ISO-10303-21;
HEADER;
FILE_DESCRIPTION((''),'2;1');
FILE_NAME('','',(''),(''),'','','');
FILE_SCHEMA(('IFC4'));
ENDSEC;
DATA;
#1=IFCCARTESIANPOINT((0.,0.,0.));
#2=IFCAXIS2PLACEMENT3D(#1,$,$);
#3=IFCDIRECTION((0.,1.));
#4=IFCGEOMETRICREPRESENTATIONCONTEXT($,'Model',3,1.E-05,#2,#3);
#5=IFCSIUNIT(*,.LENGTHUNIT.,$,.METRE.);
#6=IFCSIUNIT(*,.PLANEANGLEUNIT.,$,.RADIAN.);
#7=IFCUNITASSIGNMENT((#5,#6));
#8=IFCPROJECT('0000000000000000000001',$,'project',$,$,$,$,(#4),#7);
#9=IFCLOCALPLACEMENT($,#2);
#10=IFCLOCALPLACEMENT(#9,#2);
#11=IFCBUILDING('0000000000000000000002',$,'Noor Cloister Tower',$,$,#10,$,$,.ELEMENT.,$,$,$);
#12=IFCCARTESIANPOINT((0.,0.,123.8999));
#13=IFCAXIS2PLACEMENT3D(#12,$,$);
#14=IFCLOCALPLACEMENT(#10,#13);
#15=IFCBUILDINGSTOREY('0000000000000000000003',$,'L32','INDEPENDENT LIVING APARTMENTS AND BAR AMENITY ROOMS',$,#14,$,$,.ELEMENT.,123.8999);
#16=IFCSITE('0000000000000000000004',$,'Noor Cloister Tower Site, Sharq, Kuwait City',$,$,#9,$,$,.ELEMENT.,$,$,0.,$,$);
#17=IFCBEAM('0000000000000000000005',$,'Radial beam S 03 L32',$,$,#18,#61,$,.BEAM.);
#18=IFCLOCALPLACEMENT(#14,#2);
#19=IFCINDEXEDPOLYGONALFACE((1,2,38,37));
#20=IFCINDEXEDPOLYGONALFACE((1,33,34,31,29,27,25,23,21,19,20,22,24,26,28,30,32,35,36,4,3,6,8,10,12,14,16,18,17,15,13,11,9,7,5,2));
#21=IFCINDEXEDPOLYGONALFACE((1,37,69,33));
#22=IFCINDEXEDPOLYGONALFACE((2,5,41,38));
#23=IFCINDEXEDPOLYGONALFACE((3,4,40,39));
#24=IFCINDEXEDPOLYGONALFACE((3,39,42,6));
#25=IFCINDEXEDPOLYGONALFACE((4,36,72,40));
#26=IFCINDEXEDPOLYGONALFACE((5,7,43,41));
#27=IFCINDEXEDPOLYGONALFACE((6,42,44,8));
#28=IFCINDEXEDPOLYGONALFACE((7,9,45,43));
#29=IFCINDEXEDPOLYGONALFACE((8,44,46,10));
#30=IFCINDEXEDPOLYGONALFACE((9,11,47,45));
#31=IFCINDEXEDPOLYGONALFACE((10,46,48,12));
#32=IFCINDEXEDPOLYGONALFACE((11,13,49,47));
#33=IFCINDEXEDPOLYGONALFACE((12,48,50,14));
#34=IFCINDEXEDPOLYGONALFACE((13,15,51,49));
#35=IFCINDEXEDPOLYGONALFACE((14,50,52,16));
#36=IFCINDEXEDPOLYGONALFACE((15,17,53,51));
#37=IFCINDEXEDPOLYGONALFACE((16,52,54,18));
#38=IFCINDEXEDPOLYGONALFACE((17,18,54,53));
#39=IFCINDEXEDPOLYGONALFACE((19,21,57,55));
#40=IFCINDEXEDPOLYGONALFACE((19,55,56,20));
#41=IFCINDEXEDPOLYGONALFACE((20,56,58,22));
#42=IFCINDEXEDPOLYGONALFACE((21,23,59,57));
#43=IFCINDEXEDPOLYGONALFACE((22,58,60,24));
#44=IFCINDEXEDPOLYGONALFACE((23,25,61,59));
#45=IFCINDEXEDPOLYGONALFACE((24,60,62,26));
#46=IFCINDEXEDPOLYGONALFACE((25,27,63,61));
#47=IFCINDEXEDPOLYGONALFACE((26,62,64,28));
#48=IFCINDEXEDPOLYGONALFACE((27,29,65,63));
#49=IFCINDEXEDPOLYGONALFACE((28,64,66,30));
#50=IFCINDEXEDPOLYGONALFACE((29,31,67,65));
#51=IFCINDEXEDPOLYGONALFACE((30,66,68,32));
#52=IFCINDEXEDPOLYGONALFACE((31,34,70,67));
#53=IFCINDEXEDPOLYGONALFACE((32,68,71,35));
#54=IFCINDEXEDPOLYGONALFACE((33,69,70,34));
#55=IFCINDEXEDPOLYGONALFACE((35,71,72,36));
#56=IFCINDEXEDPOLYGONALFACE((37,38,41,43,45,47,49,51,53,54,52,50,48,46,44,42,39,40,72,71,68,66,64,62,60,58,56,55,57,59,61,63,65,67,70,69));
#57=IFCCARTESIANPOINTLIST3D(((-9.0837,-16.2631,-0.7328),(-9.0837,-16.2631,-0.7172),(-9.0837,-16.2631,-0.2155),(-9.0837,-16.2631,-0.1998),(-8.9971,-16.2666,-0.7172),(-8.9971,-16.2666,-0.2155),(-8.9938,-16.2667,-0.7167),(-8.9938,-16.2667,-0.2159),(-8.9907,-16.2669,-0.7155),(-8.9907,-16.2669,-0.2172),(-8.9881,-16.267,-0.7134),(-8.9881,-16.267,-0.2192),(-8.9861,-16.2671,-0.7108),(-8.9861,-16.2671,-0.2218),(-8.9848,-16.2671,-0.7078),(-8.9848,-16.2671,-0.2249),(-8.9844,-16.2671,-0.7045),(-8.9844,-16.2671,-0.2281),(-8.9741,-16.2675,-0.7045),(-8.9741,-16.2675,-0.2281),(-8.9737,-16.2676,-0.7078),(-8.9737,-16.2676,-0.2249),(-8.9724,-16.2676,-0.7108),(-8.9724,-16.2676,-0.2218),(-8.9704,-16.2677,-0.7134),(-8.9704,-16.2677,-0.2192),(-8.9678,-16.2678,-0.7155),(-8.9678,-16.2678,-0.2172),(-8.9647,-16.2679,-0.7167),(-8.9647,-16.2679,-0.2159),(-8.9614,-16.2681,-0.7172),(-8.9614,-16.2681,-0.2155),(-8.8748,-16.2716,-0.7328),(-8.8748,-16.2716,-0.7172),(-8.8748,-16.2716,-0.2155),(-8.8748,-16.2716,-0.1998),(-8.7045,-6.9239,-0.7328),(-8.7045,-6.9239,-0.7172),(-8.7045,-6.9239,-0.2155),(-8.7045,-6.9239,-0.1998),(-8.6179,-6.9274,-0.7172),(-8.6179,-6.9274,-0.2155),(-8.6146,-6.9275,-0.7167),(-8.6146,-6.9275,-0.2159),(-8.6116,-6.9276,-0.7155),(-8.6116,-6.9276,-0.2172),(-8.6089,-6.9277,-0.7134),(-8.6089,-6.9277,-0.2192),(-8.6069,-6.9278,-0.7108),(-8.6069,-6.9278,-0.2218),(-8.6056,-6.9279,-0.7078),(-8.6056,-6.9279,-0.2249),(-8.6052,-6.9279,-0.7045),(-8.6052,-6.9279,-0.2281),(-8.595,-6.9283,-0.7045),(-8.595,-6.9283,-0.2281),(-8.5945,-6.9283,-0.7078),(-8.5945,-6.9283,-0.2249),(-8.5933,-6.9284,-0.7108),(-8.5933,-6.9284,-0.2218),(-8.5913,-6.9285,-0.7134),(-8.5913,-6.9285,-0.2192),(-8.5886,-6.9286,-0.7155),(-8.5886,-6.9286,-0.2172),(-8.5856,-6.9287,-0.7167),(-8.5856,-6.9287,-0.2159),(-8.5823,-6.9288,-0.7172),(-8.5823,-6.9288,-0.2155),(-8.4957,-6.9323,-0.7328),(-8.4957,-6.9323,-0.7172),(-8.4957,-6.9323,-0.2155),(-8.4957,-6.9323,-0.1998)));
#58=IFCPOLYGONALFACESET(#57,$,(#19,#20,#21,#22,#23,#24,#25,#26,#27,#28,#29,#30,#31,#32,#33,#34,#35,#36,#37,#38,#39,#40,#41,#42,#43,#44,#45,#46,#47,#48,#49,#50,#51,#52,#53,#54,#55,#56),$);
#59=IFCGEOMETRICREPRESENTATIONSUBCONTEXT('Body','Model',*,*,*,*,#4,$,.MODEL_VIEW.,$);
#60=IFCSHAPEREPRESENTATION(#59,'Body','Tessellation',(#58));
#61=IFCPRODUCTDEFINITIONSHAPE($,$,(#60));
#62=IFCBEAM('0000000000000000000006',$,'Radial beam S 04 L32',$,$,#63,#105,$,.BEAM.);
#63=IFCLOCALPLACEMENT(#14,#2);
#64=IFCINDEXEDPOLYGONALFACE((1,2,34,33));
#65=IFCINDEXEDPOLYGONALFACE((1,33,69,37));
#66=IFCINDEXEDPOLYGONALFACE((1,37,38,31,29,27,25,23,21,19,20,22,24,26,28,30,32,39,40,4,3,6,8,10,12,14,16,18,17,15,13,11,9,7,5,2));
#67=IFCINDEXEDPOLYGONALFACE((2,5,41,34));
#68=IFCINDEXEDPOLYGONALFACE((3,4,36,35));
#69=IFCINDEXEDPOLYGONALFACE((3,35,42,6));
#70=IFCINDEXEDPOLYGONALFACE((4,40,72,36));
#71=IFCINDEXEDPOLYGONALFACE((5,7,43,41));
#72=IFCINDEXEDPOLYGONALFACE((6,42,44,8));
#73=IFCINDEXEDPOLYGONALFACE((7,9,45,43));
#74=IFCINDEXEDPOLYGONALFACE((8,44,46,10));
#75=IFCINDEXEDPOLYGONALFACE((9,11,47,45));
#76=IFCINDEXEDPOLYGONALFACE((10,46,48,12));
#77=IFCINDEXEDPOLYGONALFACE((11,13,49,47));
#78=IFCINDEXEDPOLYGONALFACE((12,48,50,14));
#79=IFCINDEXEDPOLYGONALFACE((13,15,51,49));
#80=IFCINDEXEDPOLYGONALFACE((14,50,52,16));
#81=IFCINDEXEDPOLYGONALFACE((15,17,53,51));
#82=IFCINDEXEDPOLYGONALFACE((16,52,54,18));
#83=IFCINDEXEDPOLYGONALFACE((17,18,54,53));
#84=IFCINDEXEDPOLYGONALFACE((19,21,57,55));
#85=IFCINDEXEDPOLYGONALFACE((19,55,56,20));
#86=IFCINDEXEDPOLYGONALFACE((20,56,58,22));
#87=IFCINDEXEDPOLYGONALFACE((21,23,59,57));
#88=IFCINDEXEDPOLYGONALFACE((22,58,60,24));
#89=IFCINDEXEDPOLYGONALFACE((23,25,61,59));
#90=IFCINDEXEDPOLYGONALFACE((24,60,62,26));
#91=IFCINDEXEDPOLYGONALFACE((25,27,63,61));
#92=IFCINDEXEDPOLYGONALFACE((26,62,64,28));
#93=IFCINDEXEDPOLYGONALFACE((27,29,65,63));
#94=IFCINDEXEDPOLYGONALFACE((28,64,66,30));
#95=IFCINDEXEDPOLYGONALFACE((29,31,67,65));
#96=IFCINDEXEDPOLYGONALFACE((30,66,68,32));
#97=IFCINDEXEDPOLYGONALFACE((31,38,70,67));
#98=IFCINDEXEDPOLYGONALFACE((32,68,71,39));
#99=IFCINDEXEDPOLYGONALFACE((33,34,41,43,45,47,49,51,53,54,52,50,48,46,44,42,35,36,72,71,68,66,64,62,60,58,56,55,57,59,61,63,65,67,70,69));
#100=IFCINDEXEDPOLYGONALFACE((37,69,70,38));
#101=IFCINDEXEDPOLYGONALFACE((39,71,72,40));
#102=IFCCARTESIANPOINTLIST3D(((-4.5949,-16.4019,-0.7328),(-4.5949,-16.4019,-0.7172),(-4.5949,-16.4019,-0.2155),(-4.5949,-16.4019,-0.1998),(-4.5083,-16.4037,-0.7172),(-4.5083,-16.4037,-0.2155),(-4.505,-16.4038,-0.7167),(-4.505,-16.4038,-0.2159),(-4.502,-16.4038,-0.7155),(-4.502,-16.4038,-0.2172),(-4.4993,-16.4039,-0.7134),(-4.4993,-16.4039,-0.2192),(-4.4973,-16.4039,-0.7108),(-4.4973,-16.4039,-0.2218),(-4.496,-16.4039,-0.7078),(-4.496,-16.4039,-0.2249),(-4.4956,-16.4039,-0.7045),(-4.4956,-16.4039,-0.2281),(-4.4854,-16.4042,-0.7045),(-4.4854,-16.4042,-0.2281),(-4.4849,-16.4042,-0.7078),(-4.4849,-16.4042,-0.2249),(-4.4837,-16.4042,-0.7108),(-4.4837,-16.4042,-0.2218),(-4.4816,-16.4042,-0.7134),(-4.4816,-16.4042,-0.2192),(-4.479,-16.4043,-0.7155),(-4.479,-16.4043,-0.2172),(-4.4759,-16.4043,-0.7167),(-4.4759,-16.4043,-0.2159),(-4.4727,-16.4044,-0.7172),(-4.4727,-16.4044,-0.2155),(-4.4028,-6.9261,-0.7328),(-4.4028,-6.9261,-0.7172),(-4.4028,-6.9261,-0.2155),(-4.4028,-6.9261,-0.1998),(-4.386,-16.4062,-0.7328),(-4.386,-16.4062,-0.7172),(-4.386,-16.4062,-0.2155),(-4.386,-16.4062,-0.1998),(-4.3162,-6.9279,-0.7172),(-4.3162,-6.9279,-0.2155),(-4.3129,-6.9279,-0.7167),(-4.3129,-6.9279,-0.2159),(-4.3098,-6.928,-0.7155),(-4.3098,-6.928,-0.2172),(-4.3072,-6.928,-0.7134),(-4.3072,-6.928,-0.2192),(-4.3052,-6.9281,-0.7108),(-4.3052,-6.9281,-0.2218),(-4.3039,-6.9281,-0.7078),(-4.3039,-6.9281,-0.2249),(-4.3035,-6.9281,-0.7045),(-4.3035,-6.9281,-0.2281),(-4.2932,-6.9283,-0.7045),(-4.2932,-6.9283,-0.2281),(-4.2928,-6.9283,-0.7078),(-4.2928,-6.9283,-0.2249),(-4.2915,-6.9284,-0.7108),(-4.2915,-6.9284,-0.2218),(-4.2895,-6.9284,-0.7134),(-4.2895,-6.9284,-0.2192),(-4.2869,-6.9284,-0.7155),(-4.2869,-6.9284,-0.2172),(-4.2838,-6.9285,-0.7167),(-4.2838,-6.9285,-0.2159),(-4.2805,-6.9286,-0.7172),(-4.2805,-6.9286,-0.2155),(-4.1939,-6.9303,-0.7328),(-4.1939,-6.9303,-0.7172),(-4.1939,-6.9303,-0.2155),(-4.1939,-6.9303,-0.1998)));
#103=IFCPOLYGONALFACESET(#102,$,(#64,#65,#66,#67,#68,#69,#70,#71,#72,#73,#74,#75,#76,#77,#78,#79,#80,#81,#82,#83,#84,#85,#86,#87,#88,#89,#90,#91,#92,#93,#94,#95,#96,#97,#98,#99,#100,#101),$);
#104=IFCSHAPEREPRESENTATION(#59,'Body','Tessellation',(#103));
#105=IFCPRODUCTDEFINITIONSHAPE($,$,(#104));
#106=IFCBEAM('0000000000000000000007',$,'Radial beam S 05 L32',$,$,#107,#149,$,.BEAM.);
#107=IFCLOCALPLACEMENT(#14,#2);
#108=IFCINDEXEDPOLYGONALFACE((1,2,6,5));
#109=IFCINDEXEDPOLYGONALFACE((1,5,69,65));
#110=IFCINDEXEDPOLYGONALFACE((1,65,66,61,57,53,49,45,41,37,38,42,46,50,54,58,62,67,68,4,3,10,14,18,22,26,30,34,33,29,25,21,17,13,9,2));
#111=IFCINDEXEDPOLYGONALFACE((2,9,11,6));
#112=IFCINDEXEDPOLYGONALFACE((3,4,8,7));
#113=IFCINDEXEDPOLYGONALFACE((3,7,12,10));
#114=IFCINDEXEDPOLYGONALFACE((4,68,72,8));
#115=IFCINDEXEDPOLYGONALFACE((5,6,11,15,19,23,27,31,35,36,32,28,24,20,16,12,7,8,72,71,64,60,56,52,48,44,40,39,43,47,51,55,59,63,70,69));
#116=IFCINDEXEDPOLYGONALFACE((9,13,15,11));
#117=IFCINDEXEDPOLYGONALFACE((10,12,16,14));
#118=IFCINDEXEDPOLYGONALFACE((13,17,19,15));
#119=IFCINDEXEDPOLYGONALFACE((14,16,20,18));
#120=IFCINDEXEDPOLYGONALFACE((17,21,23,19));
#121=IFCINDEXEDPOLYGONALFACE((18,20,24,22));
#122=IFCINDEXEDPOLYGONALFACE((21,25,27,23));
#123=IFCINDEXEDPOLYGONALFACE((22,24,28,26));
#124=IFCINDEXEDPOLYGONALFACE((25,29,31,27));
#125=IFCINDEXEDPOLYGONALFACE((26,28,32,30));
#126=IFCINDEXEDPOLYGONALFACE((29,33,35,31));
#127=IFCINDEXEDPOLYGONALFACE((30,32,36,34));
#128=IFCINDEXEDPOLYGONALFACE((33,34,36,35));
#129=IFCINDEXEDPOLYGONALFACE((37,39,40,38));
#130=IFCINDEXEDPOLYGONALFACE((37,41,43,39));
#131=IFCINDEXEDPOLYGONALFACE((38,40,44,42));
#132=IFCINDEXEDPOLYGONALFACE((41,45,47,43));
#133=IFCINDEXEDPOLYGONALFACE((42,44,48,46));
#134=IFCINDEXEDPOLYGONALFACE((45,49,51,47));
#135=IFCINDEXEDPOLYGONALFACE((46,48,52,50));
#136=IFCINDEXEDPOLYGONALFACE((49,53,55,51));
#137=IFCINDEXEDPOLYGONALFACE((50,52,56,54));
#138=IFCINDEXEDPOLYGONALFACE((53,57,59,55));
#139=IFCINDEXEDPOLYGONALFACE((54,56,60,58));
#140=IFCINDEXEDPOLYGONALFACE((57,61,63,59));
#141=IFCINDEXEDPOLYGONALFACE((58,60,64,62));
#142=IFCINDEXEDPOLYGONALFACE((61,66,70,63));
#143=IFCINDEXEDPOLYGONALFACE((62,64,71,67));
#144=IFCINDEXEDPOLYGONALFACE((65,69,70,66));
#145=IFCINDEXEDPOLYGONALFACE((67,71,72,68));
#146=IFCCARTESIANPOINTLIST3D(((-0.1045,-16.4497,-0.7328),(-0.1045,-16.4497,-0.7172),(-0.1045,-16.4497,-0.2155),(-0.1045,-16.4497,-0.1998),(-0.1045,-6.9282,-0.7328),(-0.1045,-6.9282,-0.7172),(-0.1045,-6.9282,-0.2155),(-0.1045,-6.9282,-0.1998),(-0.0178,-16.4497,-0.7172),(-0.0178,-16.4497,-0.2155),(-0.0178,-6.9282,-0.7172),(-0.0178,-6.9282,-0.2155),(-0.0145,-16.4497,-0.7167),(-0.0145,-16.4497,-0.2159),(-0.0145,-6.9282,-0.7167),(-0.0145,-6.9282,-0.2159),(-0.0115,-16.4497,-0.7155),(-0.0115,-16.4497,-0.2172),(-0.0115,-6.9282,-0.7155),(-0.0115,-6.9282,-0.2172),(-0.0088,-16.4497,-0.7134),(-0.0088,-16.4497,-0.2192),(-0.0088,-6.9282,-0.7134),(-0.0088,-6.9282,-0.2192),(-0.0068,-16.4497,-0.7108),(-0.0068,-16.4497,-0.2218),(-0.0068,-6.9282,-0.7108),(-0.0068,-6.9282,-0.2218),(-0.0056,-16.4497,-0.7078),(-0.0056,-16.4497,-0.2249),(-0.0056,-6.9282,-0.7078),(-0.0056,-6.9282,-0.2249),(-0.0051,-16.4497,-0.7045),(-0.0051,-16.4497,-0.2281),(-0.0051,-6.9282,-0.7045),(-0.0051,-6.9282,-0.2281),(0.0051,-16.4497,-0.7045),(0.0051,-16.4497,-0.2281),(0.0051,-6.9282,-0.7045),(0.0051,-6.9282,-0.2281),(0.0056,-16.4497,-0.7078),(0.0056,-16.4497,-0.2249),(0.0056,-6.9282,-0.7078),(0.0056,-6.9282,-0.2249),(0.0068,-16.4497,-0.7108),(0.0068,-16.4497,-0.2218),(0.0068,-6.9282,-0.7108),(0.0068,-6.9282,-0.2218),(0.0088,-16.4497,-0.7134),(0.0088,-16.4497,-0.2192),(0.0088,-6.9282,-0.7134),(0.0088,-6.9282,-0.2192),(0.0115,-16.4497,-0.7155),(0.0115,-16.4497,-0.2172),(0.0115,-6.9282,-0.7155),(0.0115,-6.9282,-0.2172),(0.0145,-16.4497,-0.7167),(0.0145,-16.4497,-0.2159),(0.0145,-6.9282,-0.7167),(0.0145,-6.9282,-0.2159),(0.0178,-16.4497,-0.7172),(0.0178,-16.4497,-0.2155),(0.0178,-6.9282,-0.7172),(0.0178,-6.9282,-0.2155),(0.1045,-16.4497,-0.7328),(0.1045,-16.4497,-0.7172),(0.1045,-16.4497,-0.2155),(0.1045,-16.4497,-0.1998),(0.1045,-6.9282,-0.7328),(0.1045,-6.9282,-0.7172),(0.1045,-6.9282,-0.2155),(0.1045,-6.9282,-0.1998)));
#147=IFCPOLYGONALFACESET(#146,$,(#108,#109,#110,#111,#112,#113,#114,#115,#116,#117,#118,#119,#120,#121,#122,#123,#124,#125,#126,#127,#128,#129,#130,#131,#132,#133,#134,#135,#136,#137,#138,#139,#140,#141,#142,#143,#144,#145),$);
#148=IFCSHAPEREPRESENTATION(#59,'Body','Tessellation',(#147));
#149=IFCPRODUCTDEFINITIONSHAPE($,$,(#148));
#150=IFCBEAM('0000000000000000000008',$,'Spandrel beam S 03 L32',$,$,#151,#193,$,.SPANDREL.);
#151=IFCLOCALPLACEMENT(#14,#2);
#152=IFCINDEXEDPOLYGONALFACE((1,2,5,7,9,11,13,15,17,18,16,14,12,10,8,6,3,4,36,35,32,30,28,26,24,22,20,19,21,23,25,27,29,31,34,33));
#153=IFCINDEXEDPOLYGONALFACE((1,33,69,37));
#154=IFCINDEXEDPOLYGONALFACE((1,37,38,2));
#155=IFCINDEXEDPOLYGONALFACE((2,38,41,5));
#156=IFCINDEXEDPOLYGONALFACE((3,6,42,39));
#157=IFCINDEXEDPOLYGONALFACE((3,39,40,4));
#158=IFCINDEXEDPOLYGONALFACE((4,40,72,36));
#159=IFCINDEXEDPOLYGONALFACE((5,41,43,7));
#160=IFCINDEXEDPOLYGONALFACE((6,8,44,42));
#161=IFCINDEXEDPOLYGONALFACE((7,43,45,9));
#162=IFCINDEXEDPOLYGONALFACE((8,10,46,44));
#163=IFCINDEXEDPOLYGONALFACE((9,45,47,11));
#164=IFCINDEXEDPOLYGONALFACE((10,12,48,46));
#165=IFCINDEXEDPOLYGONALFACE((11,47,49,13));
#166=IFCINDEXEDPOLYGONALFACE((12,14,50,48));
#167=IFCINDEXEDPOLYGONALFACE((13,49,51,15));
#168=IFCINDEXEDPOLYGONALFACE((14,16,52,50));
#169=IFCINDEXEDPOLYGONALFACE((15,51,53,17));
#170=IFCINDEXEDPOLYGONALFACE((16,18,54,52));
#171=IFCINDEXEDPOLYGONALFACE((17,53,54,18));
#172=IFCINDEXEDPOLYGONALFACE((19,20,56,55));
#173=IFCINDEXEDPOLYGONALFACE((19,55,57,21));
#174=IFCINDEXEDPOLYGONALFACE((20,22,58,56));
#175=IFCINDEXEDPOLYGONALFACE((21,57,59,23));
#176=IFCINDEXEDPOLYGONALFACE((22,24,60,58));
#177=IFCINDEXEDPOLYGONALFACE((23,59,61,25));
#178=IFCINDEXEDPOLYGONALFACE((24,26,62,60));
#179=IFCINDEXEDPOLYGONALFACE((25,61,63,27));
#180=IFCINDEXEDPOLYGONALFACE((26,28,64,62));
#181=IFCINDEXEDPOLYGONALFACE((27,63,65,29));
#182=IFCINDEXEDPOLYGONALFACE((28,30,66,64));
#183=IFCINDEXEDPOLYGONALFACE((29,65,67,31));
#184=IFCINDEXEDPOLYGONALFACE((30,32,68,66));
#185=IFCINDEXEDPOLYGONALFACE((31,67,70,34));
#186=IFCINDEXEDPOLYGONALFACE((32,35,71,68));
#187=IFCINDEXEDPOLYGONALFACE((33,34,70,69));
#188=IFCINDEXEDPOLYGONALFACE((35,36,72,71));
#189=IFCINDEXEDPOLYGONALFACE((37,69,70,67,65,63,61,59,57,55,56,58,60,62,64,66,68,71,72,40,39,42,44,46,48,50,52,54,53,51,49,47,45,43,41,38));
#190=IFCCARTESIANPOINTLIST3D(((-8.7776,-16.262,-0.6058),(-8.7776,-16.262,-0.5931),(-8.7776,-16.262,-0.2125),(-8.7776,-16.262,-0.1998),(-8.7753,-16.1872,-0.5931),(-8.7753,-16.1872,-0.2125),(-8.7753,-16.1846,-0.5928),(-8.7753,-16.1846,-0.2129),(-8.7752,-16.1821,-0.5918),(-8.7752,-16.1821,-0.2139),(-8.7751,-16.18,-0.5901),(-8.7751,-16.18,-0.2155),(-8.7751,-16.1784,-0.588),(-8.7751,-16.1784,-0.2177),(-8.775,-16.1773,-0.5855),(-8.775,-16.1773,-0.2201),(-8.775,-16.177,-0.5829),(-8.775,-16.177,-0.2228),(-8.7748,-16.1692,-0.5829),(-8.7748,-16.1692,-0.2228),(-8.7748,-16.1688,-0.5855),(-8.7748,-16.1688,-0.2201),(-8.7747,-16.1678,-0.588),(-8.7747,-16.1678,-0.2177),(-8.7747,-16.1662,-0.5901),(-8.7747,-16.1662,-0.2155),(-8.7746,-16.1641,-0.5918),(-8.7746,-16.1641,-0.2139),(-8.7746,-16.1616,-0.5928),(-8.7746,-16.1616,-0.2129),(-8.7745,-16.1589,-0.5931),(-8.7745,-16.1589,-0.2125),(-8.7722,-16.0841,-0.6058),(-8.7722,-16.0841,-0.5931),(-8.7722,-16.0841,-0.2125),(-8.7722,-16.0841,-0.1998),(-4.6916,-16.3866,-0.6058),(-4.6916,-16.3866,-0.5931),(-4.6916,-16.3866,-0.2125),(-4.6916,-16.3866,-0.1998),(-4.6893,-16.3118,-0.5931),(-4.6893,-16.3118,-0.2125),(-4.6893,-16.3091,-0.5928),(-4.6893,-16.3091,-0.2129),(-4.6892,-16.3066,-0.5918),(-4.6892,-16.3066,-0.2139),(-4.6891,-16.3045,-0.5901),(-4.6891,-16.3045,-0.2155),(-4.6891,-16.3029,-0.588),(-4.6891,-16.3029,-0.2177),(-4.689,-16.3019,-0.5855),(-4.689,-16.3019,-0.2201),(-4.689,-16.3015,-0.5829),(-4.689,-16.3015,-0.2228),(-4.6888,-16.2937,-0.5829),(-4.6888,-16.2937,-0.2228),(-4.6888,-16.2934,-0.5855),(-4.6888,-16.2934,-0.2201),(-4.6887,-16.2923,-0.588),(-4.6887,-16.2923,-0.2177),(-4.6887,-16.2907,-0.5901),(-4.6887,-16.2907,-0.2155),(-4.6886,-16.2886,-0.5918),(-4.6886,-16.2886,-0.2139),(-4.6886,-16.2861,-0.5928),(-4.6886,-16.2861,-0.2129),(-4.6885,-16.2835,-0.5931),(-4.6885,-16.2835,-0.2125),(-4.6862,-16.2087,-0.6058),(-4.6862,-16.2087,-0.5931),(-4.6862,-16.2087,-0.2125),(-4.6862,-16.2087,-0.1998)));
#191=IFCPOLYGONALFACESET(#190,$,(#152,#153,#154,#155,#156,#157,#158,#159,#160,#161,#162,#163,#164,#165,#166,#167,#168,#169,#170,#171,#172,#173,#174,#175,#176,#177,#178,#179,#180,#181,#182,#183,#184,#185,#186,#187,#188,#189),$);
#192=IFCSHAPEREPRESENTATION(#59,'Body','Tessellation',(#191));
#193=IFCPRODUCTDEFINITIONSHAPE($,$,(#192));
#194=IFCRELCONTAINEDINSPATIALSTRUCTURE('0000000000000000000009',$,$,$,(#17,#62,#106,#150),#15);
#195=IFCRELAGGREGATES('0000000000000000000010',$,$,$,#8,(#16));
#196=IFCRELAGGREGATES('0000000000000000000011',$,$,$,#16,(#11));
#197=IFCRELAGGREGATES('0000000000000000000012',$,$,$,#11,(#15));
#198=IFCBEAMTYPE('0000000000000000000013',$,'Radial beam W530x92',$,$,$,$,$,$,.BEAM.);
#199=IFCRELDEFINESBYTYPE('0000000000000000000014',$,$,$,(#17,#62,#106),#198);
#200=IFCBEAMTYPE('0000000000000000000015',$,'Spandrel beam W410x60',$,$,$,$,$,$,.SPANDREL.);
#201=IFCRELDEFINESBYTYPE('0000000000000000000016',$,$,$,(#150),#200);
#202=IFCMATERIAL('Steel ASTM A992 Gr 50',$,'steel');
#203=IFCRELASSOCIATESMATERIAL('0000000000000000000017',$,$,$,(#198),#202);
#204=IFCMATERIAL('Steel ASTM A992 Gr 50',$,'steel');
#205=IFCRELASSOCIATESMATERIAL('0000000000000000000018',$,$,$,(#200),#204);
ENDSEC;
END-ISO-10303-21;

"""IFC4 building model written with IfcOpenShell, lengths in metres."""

from ifc_helpers import new_model, si_unit, direction, frame, origin, origin_2d, place, context, subcontext, project, spatial, i_section, extrude, material, material_profile, profile_set, type_object, element, save


model = new_model("IFC4")

# Units and contexts
model_context = context("Model", 3, precision=1e-05, world=origin(), true_north=direction((0.0, 1.0)))
body_context = subcontext(model_context, "Body", "Model", "MODEL_VIEW")
ifc_project = project(units=[si_unit("LENGTHUNIT", "METRE"), si_unit("PLANEANGLEUNIT", "RADIAN")], contexts=[model_context])

# Site, building, storey
site_placement = place(None, origin())
site = spatial("IfcSite", under=ifc_project, at=site_placement, Name="Noor Cloister Tower Site, Sharq, Kuwait City", CompositionType="ELEMENT", RefElevation=0.0)
building_placement = place(site_placement, origin())
building = spatial("IfcBuilding", under=site, at=building_placement, Name="Noor Cloister Tower", CompositionType="ELEMENT")
storey_placement = place(building_placement, frame((0.0, 0.0, 123.8999)))
storey = spatial("IfcBuildingStorey", under=building, at=storey_placement, Name="L32", Description="INDEPENDENT LIVING APARTMENTS AND BAR AMENITY ROOMS", CompositionType="ELEMENT", Elevation=123.8999)

# Beams
ifc_material_1 = material(Name="Steel ASTM A992 Gr 50", Category="steel")
ifc_material_profile_1 = material_profile(ifc_material_1, i_section(OverallWidth=0.209, OverallDepth=0.533, WebThickness=0.0103, FlangeThickness=0.0156, FilletRadius=0.0127, at=origin_2d()), Name="W530x92")
ifc_profile_set_1 = profile_set([ifc_material_profile_1], Name="Steel ASTM A992 Gr 50")
beam_type_1 = type_object("IfcBeamType", Name="Radial beam W530x92", PredefinedType="BEAM", material=ifc_profile_set_1)
beam_1_placement = place(storey_placement, frame((-8.9792, -16.2673, -0.4663), z_axis=(0.040565, 0.999177, 0.0), x_axis=(-0.999177, 0.040565, 0.0)))
element("IfcBeam", 1, at=beam_1_placement, inside=storey, type_object=beam_type_1, Name="Radial beam S 03 L32", PredefinedType="BEAM", context=body_context, shape_type="SweptSolid", body=[
    extrude(i_section(OverallWidth=0.209, OverallDepth=0.533, WebThickness=0.0103, FlangeThickness=0.0156, FilletRadius=0.0127, at=origin_2d()), origin(), (0.0, 0.0, 1.0), 9.3469),
])
beam_2_placement = place(storey_placement, frame((-4.4905, -16.4041, -0.4663), z_axis=(0.020273, 0.999794, 0.0), x_axis=(-0.999794, 0.020273, 0.0)))
element("IfcBeam", 2, at=beam_2_placement, inside=storey, type_object=beam_type_1, Name="Radial beam S 04 L32", PredefinedType="BEAM", context=body_context, shape_type="SweptSolid", body=[
    extrude(i_section(OverallWidth=0.209, OverallDepth=0.533, WebThickness=0.0103, FlangeThickness=0.0156, FilletRadius=0.0127, at=origin_2d()), origin(), (0.0, 0.0, 1.0), 9.4778),
])
beam_3_placement = place(storey_placement, frame((0.0, -16.4497, -0.4663), z_axis=(0.0, 1.0, 0.0), x_axis=(-1.0, 0.0, 0.0)))
element("IfcBeam", 3, at=beam_3_placement, inside=storey, type_object=beam_type_1, Name="Radial beam S 05 L32", PredefinedType="BEAM", context=body_context, shape_type="SweptSolid", body=[
    extrude(i_section(OverallWidth=0.209, OverallDepth=0.533, WebThickness=0.0103, FlangeThickness=0.0156, FilletRadius=0.0127, at=origin_2d()), origin(), (0.0, 0.0, 1.0), 9.5215),
])
ifc_material_2 = material(Name="Steel ASTM A992 Gr 50", Category="steel")
ifc_material_profile_2 = material_profile(ifc_material_2, i_section(OverallWidth=0.178, OverallDepth=0.406, WebThickness=0.0078, FlangeThickness=0.0127, FilletRadius=0.0103, at=origin_2d()), Name="W410x60")
ifc_profile_set_2 = profile_set([ifc_material_profile_2], Name="Steel ASTM A992 Gr 50")
beam_type_2 = type_object("IfcBeamType", Name="Spandrel beam W410x60", PredefinedType="SPANDREL", material=ifc_profile_set_2)
for number, where, z_axis, x_axis, name in (
    (4, (-8.7749, -16.1731, -0.4028), (0.999536, -0.030459, 0.0), (0.030459, 0.999536, 0.0), "Spandrel beam S 03 L32"),
):
    element("IfcBeam", number, at=place(storey_placement, frame(where, z_axis=z_axis, x_axis=x_axis)), inside=storey, type_object=beam_type_2, Name=name, PredefinedType="SPANDREL", context=body_context, shape_type="SweptSolid", body=[
        extrude(i_section(OverallWidth=0.178, OverallDepth=0.406, WebThickness=0.0078, FlangeThickness=0.0127, FilletRadius=0.0103, at=origin_2d()), origin(), (0.0, 0.0, 1.0), 4.0879),
    ])

save(model, "model.ifc")
